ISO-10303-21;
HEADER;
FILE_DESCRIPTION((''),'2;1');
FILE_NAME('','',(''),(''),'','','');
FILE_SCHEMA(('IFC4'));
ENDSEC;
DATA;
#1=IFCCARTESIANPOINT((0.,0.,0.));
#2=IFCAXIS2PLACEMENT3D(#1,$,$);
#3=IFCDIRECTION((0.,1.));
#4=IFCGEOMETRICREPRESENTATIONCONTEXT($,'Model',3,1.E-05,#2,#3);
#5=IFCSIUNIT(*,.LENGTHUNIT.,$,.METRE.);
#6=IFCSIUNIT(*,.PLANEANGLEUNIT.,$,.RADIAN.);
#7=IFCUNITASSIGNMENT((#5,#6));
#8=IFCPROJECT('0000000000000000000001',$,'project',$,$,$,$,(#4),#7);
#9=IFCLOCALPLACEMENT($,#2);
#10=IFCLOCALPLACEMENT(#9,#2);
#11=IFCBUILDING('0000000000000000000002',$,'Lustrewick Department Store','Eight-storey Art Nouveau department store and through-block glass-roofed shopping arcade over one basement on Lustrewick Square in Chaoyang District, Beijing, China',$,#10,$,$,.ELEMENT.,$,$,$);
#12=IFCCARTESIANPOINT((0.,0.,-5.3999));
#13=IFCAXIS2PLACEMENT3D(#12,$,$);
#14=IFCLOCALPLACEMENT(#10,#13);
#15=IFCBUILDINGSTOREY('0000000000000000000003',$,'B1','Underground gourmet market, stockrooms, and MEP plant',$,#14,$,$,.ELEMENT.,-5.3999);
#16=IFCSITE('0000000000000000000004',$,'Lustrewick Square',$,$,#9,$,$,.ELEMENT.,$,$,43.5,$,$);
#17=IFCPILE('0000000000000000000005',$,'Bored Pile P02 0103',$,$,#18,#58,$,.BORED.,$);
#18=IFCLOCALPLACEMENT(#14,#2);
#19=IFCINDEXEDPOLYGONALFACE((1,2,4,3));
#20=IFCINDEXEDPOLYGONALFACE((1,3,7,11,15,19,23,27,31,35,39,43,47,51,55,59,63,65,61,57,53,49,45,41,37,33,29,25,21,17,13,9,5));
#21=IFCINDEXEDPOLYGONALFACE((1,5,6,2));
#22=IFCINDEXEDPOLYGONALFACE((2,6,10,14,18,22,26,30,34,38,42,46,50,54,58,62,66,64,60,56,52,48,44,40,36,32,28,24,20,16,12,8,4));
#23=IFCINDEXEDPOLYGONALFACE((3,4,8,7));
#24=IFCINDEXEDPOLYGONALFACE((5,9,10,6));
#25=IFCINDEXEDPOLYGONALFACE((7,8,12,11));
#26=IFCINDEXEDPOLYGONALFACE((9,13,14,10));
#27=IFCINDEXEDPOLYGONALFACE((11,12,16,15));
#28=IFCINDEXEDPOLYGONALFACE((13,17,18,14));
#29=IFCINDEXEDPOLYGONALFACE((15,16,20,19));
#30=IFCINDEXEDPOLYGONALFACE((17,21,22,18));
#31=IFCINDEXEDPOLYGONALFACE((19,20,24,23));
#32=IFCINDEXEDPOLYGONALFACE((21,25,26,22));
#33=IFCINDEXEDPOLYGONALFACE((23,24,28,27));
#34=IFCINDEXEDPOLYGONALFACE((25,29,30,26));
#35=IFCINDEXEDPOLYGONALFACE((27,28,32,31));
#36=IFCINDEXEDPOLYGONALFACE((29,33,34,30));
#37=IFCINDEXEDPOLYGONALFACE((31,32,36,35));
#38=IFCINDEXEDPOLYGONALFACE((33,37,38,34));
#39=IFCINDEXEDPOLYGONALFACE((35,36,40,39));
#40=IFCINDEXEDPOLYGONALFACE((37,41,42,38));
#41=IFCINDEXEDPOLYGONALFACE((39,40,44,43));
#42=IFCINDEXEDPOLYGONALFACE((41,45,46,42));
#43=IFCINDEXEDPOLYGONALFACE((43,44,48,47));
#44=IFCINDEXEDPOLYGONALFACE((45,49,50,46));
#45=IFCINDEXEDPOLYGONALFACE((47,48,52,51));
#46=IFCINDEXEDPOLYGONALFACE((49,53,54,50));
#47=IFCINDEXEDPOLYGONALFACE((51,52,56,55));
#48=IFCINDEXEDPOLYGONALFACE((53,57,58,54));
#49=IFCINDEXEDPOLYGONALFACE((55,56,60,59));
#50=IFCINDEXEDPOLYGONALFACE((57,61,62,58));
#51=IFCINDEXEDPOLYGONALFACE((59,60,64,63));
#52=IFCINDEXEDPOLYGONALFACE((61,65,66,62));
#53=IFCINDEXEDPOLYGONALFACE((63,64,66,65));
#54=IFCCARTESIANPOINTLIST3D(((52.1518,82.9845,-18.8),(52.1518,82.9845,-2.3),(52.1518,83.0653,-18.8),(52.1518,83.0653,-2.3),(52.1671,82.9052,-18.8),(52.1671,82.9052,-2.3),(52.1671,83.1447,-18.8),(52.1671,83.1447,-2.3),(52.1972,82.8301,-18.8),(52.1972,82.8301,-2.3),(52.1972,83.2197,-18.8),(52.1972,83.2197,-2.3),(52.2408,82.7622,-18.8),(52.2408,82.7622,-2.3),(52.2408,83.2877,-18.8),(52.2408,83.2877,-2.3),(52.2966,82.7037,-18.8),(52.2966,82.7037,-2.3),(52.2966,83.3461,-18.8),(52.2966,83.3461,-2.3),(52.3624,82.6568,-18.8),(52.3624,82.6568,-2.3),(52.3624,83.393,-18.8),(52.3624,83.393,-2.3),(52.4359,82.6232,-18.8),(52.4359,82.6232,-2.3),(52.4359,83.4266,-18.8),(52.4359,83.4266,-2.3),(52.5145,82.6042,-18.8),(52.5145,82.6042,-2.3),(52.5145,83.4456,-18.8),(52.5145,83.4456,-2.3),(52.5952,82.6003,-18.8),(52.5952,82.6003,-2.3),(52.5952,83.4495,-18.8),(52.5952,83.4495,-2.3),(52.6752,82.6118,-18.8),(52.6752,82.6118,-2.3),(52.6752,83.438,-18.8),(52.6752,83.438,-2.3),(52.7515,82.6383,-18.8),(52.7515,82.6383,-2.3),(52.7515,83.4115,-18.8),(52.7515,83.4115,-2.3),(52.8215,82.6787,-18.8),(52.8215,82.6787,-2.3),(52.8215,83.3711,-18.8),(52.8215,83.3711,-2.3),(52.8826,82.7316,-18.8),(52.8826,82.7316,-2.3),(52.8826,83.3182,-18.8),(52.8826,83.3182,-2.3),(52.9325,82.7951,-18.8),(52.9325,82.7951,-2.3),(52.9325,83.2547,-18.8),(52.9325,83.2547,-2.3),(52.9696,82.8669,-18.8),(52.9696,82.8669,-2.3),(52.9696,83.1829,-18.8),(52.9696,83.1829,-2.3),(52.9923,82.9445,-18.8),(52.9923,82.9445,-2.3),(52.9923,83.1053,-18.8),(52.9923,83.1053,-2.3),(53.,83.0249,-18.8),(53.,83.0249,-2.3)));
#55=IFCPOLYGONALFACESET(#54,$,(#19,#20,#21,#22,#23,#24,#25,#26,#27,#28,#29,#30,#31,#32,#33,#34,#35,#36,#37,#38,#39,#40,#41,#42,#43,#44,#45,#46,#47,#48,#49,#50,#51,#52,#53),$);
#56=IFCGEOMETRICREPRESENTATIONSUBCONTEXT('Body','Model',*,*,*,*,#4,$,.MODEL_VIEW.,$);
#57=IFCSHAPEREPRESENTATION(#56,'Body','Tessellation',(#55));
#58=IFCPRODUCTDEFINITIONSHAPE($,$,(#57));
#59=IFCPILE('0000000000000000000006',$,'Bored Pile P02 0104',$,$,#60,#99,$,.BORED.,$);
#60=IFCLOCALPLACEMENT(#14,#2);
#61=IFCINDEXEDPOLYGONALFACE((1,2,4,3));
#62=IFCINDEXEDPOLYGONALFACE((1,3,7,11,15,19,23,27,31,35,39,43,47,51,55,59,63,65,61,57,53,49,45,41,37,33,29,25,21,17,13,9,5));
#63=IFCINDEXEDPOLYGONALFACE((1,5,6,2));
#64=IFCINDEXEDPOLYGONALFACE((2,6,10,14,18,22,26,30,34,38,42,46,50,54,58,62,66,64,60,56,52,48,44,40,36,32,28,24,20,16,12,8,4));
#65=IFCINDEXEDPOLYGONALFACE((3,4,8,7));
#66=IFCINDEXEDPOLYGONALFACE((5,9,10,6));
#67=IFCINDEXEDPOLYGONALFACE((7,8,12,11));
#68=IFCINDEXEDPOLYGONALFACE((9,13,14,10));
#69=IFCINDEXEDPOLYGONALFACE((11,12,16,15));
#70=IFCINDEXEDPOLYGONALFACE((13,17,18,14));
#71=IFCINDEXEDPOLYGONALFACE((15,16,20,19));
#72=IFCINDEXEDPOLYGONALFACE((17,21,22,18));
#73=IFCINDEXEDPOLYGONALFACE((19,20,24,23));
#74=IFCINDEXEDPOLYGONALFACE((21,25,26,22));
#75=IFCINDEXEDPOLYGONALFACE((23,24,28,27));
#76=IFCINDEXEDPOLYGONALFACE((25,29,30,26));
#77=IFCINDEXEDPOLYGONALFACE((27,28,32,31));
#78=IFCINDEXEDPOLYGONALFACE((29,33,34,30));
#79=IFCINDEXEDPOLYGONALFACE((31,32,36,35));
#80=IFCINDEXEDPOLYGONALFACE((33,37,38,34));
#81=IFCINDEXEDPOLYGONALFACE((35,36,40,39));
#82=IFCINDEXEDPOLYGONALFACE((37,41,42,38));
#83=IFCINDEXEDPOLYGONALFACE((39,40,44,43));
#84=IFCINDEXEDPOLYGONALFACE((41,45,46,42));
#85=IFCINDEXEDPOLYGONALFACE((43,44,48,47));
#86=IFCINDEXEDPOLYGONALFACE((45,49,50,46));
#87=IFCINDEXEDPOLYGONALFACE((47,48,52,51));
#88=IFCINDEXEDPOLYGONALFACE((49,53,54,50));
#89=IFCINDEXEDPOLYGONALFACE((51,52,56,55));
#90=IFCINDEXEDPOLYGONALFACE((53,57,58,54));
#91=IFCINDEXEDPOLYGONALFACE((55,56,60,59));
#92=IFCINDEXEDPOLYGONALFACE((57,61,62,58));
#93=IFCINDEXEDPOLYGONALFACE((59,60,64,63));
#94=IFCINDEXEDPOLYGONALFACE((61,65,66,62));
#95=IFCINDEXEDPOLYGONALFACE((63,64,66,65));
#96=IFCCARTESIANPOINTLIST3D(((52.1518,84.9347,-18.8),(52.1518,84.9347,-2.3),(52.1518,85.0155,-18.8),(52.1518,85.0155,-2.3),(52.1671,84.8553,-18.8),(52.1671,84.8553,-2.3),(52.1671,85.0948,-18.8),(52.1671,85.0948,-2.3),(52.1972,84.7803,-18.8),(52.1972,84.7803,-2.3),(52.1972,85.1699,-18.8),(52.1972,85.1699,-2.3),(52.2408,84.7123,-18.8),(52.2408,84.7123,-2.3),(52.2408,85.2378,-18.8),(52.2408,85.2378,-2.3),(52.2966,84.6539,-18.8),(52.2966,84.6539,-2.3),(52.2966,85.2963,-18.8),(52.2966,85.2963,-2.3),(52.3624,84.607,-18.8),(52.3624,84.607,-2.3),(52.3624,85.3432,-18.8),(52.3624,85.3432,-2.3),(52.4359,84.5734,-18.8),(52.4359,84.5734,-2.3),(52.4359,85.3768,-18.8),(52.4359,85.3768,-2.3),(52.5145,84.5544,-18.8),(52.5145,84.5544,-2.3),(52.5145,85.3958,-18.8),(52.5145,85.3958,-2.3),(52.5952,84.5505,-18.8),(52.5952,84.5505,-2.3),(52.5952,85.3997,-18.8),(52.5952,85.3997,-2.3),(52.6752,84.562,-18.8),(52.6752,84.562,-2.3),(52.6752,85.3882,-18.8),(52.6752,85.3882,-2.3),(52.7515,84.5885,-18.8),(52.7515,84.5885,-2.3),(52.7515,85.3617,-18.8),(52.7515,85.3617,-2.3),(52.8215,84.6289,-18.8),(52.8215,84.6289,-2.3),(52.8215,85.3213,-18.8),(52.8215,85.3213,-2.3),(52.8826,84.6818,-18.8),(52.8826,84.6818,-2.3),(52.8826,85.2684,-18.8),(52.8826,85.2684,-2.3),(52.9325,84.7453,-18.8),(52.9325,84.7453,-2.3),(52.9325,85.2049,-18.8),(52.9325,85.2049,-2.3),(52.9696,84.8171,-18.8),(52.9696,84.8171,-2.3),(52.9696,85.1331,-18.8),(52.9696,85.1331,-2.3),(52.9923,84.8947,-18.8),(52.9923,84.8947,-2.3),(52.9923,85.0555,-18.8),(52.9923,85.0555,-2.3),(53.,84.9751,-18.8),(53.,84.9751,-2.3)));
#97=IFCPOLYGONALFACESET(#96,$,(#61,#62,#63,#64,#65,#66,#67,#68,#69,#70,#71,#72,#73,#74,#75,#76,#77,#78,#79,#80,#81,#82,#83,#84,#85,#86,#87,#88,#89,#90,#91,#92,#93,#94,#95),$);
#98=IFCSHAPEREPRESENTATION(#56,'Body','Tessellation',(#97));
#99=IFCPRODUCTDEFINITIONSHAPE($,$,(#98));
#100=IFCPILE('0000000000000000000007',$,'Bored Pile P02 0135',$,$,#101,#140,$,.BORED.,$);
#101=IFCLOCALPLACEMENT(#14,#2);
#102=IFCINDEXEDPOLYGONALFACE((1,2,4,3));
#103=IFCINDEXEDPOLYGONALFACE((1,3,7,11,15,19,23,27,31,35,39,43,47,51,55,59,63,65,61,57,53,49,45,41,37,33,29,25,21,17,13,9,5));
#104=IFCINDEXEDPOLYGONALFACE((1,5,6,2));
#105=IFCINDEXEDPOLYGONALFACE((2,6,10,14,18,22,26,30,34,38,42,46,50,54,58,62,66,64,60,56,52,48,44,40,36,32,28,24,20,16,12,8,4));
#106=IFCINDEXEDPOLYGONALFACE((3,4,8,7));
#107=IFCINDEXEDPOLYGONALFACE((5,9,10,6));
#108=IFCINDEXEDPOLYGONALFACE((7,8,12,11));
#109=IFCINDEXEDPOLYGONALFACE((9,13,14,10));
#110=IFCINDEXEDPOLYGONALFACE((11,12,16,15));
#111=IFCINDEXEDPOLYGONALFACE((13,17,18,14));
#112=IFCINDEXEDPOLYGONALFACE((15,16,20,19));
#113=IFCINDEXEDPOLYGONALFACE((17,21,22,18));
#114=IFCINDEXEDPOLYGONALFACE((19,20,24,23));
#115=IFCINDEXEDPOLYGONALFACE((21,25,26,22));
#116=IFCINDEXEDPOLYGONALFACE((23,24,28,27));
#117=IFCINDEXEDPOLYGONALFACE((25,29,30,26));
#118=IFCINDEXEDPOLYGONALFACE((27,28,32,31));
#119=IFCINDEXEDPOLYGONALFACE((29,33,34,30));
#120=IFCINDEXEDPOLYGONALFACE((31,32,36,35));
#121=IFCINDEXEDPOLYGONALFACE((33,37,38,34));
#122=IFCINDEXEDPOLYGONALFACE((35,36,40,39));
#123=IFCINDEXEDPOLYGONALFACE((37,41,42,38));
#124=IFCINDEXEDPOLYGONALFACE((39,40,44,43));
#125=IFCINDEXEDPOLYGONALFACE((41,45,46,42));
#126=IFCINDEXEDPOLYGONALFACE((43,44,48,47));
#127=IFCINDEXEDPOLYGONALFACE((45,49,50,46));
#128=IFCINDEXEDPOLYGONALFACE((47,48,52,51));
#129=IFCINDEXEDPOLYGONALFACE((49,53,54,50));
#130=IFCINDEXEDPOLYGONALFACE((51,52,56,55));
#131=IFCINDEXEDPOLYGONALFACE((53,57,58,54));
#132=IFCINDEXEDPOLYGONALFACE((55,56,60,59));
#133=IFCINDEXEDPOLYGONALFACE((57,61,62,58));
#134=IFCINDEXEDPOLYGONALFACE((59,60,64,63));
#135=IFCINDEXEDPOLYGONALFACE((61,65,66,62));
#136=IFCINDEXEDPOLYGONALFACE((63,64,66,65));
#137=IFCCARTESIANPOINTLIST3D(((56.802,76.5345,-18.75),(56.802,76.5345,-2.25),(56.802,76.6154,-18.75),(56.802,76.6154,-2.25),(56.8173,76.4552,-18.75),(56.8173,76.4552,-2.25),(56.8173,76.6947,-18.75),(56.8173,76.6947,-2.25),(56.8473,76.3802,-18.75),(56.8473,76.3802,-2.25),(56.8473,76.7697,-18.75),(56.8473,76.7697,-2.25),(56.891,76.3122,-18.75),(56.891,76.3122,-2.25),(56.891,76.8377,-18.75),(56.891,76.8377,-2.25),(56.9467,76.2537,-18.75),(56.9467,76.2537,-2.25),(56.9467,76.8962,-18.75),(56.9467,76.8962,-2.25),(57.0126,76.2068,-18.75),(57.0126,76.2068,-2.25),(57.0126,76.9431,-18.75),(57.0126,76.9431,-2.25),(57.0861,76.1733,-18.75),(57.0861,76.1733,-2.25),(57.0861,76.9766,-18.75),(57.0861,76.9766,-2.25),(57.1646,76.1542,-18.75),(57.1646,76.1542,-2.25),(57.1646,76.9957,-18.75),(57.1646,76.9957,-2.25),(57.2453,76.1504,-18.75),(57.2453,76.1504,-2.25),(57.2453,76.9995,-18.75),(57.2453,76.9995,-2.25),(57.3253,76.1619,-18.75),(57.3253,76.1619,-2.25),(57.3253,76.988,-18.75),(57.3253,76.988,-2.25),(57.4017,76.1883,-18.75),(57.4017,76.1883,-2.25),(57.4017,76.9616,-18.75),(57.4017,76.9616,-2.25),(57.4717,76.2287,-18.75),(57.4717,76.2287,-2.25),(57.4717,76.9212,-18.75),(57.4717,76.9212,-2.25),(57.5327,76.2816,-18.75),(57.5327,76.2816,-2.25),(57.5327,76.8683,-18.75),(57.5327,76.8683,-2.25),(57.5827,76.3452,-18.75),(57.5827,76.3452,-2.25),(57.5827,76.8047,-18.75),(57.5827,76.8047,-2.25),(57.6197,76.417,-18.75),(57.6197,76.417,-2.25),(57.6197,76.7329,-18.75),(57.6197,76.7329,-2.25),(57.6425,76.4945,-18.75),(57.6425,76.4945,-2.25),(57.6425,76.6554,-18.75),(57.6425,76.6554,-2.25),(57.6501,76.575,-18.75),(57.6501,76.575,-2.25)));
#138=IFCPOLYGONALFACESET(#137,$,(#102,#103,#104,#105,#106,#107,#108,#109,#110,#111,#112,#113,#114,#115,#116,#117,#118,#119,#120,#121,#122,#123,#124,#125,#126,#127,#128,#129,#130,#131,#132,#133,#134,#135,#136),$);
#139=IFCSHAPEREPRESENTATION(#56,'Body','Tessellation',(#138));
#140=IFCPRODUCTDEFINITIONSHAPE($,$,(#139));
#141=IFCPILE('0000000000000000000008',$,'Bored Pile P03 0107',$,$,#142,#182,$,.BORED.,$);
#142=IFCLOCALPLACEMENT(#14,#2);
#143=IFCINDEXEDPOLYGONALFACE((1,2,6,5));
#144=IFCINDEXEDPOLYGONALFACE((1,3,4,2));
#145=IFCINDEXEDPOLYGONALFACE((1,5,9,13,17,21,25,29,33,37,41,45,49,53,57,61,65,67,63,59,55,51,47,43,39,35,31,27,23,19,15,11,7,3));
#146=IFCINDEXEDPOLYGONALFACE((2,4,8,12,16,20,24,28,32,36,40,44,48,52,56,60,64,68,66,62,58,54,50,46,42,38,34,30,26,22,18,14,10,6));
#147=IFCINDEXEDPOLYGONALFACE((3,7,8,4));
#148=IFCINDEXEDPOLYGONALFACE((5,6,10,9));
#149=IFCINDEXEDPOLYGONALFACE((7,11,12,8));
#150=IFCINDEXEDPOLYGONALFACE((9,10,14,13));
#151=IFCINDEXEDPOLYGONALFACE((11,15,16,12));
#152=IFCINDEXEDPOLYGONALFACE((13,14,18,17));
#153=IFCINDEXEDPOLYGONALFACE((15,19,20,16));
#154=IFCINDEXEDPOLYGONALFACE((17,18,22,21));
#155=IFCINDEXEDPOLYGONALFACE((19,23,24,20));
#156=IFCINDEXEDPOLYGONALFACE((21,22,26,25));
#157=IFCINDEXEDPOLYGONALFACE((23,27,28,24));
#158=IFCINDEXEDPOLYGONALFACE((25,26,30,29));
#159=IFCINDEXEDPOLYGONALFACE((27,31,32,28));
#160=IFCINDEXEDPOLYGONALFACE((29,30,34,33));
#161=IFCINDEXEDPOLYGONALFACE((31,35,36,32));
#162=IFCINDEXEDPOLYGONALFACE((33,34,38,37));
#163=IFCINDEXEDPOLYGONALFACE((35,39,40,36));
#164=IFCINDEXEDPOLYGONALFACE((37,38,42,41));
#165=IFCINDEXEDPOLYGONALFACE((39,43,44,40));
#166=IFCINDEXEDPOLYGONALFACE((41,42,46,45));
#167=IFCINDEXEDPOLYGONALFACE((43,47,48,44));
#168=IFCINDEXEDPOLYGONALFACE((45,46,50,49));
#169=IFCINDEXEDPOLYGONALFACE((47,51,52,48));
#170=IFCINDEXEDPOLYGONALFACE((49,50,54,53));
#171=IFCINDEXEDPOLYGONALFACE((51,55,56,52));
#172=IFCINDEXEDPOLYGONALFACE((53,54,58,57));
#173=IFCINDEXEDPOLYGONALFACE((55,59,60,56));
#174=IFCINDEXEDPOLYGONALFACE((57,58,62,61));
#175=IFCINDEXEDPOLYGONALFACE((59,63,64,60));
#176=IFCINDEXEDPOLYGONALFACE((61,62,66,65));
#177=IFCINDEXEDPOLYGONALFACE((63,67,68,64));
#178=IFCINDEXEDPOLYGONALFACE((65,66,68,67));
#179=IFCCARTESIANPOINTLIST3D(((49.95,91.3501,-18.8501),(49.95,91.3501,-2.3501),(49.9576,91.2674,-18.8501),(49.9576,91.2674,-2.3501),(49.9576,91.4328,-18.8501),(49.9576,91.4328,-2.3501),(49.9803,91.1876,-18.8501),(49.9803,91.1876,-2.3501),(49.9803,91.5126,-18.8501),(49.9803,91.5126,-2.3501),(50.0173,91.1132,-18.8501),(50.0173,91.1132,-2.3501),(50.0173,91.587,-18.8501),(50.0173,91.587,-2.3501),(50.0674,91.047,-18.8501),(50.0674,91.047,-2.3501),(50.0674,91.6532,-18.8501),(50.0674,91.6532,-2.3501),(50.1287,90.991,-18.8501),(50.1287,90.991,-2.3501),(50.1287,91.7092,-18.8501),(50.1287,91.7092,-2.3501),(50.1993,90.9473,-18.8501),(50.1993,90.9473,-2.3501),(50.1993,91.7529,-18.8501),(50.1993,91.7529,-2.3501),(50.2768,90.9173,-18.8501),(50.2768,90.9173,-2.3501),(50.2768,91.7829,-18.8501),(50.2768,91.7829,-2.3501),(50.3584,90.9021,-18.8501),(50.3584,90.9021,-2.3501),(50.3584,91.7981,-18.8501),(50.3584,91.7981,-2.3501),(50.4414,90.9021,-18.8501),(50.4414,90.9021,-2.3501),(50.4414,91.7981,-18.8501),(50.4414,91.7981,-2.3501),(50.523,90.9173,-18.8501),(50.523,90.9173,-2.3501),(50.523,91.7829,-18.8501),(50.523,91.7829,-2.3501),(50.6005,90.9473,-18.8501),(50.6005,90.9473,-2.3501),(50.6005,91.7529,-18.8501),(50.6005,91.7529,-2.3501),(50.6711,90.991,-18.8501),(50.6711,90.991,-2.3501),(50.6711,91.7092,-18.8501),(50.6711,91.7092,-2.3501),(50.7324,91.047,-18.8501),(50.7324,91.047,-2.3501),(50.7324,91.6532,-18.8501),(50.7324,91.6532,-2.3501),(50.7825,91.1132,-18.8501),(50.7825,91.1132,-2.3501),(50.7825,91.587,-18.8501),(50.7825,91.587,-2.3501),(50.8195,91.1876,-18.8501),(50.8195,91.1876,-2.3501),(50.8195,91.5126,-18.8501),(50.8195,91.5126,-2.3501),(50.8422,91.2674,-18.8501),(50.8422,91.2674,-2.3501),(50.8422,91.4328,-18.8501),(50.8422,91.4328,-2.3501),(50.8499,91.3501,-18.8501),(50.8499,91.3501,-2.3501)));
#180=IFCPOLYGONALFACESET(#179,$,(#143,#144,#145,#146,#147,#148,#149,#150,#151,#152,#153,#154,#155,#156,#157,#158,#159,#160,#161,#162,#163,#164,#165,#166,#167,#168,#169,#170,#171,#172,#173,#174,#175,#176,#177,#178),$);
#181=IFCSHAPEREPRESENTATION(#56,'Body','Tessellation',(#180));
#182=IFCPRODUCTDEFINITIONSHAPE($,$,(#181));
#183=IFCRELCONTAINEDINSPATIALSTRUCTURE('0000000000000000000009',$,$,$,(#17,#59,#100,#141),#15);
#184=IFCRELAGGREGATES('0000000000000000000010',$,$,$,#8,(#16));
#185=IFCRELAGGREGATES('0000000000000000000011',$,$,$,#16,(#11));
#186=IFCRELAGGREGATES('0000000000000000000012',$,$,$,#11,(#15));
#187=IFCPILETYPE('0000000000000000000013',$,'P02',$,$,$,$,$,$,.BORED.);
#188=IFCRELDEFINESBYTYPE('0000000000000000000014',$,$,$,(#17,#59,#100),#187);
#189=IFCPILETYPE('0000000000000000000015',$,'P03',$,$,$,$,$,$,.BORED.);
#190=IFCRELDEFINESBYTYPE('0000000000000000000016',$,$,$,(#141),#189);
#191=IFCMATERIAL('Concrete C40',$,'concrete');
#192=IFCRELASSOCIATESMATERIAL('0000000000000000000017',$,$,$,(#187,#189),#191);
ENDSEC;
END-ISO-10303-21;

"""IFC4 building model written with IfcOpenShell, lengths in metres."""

from ifc_helpers import new_model, si_unit, direction, frame, origin, origin_2d, place, context, subcontext, project, spatial, circle, extrude, material, material_profile, profile_set, type_object, element, save


model = new_model("IFC4")

# Units and contexts
model_context = context("Model", 3, precision=1e-05, world=origin(), true_north=direction((0.0, 1.0)))
body_context = subcontext(model_context, "Body", "Model", "MODEL_VIEW")
ifc_project = project(units=[si_unit("LENGTHUNIT", "METRE"), si_unit("PLANEANGLEUNIT", "RADIAN")], contexts=[model_context])

# Site, building, storey
site_placement = place(None, origin())
site = spatial("IfcSite", under=ifc_project, at=site_placement, Name="Lustrewick Square", CompositionType="ELEMENT", RefElevation=43.5)
building_placement = place(site_placement, origin())
building = spatial("IfcBuilding", under=site, at=building_placement, Name="Lustrewick Department Store", Description="Eight-storey Art Nouveau department store and through-block glass-roofed shopping arcade over one basement on Lustrewick Square in Chaoyang District, Beijing, China", CompositionType="ELEMENT")
storey_placement = place(building_placement, frame((0.0, 0.0, -5.3999)))
storey = spatial("IfcBuildingStorey", under=building, at=storey_placement, Name="B1", Description="Underground gourmet market, stockrooms, and MEP plant", CompositionType="ELEMENT", Elevation=-5.3999)

# Piles
ifc_material_1 = material(Name="Concrete C40", Category="concrete")
ifc_material_profile_1 = material_profile(ifc_material_1, circle(Radius=0.425, at=origin_2d()), Name="PILE D850")
ifc_profile_set_1 = profile_set([ifc_material_profile_1], Name="Concrete C40")
pile_type_1 = type_object("IfcPileType", Name="P02", PredefinedType="BORED", material=ifc_profile_set_1)
for number, where, z_axis, x_axis, name in (
    (1, (52.575, 83.0249, -2.3), (0.0, 0.0, -1.0), (1.0, 0.0, 0.0), "Bored Pile P02 0103"),
    (2, (52.575, 84.9751, -2.3), (0.0, 0.0, -1.0), (1.0, 0.0, 0.0), "Bored Pile P02 0104"),
    (3, (57.2251, 76.575, -2.25), (0.0, 0.0, -1.0), (1.0, 0.0, 0.0), "Bored Pile P02 0135"),
):
    element("IfcPile", number, at=place(storey_placement, frame(where, z_axis=z_axis, x_axis=x_axis)), inside=storey, type_object=pile_type_1, Name=name, PredefinedType="BORED", context=body_context, shape_type="SweptSolid", body=[
        extrude(circle(Radius=0.425, at=origin_2d()), origin(), (0.0, 0.0, 1.0), 16.5),
    ])
ifc_material_profile_2 = material_profile(ifc_material_1, circle(Radius=0.45, at=origin_2d()), Name="PILE D900")
ifc_profile_set_2 = profile_set([ifc_material_profile_2], Name="Concrete C40")
pile_type_2 = type_object("IfcPileType", Name="P03", PredefinedType="BORED", material=ifc_profile_set_2)
for number, where, z_axis, x_axis, name in (
    (4, (50.3999, 91.3501, -2.3501), (0.0, 0.0, -1.0), (1.0, 0.0, 0.0), "Bored Pile P03 0107"),
):
    element("IfcPile", number, at=place(storey_placement, frame(where, z_axis=z_axis, x_axis=x_axis)), inside=storey, type_object=pile_type_2, Name=name, PredefinedType="BORED", context=body_context, shape_type="SweptSolid", body=[
        extrude(circle(Radius=0.45, at=origin_2d()), origin(), (0.0, 0.0, 1.0), 16.5),
    ])

save(model, "model.ifc")
